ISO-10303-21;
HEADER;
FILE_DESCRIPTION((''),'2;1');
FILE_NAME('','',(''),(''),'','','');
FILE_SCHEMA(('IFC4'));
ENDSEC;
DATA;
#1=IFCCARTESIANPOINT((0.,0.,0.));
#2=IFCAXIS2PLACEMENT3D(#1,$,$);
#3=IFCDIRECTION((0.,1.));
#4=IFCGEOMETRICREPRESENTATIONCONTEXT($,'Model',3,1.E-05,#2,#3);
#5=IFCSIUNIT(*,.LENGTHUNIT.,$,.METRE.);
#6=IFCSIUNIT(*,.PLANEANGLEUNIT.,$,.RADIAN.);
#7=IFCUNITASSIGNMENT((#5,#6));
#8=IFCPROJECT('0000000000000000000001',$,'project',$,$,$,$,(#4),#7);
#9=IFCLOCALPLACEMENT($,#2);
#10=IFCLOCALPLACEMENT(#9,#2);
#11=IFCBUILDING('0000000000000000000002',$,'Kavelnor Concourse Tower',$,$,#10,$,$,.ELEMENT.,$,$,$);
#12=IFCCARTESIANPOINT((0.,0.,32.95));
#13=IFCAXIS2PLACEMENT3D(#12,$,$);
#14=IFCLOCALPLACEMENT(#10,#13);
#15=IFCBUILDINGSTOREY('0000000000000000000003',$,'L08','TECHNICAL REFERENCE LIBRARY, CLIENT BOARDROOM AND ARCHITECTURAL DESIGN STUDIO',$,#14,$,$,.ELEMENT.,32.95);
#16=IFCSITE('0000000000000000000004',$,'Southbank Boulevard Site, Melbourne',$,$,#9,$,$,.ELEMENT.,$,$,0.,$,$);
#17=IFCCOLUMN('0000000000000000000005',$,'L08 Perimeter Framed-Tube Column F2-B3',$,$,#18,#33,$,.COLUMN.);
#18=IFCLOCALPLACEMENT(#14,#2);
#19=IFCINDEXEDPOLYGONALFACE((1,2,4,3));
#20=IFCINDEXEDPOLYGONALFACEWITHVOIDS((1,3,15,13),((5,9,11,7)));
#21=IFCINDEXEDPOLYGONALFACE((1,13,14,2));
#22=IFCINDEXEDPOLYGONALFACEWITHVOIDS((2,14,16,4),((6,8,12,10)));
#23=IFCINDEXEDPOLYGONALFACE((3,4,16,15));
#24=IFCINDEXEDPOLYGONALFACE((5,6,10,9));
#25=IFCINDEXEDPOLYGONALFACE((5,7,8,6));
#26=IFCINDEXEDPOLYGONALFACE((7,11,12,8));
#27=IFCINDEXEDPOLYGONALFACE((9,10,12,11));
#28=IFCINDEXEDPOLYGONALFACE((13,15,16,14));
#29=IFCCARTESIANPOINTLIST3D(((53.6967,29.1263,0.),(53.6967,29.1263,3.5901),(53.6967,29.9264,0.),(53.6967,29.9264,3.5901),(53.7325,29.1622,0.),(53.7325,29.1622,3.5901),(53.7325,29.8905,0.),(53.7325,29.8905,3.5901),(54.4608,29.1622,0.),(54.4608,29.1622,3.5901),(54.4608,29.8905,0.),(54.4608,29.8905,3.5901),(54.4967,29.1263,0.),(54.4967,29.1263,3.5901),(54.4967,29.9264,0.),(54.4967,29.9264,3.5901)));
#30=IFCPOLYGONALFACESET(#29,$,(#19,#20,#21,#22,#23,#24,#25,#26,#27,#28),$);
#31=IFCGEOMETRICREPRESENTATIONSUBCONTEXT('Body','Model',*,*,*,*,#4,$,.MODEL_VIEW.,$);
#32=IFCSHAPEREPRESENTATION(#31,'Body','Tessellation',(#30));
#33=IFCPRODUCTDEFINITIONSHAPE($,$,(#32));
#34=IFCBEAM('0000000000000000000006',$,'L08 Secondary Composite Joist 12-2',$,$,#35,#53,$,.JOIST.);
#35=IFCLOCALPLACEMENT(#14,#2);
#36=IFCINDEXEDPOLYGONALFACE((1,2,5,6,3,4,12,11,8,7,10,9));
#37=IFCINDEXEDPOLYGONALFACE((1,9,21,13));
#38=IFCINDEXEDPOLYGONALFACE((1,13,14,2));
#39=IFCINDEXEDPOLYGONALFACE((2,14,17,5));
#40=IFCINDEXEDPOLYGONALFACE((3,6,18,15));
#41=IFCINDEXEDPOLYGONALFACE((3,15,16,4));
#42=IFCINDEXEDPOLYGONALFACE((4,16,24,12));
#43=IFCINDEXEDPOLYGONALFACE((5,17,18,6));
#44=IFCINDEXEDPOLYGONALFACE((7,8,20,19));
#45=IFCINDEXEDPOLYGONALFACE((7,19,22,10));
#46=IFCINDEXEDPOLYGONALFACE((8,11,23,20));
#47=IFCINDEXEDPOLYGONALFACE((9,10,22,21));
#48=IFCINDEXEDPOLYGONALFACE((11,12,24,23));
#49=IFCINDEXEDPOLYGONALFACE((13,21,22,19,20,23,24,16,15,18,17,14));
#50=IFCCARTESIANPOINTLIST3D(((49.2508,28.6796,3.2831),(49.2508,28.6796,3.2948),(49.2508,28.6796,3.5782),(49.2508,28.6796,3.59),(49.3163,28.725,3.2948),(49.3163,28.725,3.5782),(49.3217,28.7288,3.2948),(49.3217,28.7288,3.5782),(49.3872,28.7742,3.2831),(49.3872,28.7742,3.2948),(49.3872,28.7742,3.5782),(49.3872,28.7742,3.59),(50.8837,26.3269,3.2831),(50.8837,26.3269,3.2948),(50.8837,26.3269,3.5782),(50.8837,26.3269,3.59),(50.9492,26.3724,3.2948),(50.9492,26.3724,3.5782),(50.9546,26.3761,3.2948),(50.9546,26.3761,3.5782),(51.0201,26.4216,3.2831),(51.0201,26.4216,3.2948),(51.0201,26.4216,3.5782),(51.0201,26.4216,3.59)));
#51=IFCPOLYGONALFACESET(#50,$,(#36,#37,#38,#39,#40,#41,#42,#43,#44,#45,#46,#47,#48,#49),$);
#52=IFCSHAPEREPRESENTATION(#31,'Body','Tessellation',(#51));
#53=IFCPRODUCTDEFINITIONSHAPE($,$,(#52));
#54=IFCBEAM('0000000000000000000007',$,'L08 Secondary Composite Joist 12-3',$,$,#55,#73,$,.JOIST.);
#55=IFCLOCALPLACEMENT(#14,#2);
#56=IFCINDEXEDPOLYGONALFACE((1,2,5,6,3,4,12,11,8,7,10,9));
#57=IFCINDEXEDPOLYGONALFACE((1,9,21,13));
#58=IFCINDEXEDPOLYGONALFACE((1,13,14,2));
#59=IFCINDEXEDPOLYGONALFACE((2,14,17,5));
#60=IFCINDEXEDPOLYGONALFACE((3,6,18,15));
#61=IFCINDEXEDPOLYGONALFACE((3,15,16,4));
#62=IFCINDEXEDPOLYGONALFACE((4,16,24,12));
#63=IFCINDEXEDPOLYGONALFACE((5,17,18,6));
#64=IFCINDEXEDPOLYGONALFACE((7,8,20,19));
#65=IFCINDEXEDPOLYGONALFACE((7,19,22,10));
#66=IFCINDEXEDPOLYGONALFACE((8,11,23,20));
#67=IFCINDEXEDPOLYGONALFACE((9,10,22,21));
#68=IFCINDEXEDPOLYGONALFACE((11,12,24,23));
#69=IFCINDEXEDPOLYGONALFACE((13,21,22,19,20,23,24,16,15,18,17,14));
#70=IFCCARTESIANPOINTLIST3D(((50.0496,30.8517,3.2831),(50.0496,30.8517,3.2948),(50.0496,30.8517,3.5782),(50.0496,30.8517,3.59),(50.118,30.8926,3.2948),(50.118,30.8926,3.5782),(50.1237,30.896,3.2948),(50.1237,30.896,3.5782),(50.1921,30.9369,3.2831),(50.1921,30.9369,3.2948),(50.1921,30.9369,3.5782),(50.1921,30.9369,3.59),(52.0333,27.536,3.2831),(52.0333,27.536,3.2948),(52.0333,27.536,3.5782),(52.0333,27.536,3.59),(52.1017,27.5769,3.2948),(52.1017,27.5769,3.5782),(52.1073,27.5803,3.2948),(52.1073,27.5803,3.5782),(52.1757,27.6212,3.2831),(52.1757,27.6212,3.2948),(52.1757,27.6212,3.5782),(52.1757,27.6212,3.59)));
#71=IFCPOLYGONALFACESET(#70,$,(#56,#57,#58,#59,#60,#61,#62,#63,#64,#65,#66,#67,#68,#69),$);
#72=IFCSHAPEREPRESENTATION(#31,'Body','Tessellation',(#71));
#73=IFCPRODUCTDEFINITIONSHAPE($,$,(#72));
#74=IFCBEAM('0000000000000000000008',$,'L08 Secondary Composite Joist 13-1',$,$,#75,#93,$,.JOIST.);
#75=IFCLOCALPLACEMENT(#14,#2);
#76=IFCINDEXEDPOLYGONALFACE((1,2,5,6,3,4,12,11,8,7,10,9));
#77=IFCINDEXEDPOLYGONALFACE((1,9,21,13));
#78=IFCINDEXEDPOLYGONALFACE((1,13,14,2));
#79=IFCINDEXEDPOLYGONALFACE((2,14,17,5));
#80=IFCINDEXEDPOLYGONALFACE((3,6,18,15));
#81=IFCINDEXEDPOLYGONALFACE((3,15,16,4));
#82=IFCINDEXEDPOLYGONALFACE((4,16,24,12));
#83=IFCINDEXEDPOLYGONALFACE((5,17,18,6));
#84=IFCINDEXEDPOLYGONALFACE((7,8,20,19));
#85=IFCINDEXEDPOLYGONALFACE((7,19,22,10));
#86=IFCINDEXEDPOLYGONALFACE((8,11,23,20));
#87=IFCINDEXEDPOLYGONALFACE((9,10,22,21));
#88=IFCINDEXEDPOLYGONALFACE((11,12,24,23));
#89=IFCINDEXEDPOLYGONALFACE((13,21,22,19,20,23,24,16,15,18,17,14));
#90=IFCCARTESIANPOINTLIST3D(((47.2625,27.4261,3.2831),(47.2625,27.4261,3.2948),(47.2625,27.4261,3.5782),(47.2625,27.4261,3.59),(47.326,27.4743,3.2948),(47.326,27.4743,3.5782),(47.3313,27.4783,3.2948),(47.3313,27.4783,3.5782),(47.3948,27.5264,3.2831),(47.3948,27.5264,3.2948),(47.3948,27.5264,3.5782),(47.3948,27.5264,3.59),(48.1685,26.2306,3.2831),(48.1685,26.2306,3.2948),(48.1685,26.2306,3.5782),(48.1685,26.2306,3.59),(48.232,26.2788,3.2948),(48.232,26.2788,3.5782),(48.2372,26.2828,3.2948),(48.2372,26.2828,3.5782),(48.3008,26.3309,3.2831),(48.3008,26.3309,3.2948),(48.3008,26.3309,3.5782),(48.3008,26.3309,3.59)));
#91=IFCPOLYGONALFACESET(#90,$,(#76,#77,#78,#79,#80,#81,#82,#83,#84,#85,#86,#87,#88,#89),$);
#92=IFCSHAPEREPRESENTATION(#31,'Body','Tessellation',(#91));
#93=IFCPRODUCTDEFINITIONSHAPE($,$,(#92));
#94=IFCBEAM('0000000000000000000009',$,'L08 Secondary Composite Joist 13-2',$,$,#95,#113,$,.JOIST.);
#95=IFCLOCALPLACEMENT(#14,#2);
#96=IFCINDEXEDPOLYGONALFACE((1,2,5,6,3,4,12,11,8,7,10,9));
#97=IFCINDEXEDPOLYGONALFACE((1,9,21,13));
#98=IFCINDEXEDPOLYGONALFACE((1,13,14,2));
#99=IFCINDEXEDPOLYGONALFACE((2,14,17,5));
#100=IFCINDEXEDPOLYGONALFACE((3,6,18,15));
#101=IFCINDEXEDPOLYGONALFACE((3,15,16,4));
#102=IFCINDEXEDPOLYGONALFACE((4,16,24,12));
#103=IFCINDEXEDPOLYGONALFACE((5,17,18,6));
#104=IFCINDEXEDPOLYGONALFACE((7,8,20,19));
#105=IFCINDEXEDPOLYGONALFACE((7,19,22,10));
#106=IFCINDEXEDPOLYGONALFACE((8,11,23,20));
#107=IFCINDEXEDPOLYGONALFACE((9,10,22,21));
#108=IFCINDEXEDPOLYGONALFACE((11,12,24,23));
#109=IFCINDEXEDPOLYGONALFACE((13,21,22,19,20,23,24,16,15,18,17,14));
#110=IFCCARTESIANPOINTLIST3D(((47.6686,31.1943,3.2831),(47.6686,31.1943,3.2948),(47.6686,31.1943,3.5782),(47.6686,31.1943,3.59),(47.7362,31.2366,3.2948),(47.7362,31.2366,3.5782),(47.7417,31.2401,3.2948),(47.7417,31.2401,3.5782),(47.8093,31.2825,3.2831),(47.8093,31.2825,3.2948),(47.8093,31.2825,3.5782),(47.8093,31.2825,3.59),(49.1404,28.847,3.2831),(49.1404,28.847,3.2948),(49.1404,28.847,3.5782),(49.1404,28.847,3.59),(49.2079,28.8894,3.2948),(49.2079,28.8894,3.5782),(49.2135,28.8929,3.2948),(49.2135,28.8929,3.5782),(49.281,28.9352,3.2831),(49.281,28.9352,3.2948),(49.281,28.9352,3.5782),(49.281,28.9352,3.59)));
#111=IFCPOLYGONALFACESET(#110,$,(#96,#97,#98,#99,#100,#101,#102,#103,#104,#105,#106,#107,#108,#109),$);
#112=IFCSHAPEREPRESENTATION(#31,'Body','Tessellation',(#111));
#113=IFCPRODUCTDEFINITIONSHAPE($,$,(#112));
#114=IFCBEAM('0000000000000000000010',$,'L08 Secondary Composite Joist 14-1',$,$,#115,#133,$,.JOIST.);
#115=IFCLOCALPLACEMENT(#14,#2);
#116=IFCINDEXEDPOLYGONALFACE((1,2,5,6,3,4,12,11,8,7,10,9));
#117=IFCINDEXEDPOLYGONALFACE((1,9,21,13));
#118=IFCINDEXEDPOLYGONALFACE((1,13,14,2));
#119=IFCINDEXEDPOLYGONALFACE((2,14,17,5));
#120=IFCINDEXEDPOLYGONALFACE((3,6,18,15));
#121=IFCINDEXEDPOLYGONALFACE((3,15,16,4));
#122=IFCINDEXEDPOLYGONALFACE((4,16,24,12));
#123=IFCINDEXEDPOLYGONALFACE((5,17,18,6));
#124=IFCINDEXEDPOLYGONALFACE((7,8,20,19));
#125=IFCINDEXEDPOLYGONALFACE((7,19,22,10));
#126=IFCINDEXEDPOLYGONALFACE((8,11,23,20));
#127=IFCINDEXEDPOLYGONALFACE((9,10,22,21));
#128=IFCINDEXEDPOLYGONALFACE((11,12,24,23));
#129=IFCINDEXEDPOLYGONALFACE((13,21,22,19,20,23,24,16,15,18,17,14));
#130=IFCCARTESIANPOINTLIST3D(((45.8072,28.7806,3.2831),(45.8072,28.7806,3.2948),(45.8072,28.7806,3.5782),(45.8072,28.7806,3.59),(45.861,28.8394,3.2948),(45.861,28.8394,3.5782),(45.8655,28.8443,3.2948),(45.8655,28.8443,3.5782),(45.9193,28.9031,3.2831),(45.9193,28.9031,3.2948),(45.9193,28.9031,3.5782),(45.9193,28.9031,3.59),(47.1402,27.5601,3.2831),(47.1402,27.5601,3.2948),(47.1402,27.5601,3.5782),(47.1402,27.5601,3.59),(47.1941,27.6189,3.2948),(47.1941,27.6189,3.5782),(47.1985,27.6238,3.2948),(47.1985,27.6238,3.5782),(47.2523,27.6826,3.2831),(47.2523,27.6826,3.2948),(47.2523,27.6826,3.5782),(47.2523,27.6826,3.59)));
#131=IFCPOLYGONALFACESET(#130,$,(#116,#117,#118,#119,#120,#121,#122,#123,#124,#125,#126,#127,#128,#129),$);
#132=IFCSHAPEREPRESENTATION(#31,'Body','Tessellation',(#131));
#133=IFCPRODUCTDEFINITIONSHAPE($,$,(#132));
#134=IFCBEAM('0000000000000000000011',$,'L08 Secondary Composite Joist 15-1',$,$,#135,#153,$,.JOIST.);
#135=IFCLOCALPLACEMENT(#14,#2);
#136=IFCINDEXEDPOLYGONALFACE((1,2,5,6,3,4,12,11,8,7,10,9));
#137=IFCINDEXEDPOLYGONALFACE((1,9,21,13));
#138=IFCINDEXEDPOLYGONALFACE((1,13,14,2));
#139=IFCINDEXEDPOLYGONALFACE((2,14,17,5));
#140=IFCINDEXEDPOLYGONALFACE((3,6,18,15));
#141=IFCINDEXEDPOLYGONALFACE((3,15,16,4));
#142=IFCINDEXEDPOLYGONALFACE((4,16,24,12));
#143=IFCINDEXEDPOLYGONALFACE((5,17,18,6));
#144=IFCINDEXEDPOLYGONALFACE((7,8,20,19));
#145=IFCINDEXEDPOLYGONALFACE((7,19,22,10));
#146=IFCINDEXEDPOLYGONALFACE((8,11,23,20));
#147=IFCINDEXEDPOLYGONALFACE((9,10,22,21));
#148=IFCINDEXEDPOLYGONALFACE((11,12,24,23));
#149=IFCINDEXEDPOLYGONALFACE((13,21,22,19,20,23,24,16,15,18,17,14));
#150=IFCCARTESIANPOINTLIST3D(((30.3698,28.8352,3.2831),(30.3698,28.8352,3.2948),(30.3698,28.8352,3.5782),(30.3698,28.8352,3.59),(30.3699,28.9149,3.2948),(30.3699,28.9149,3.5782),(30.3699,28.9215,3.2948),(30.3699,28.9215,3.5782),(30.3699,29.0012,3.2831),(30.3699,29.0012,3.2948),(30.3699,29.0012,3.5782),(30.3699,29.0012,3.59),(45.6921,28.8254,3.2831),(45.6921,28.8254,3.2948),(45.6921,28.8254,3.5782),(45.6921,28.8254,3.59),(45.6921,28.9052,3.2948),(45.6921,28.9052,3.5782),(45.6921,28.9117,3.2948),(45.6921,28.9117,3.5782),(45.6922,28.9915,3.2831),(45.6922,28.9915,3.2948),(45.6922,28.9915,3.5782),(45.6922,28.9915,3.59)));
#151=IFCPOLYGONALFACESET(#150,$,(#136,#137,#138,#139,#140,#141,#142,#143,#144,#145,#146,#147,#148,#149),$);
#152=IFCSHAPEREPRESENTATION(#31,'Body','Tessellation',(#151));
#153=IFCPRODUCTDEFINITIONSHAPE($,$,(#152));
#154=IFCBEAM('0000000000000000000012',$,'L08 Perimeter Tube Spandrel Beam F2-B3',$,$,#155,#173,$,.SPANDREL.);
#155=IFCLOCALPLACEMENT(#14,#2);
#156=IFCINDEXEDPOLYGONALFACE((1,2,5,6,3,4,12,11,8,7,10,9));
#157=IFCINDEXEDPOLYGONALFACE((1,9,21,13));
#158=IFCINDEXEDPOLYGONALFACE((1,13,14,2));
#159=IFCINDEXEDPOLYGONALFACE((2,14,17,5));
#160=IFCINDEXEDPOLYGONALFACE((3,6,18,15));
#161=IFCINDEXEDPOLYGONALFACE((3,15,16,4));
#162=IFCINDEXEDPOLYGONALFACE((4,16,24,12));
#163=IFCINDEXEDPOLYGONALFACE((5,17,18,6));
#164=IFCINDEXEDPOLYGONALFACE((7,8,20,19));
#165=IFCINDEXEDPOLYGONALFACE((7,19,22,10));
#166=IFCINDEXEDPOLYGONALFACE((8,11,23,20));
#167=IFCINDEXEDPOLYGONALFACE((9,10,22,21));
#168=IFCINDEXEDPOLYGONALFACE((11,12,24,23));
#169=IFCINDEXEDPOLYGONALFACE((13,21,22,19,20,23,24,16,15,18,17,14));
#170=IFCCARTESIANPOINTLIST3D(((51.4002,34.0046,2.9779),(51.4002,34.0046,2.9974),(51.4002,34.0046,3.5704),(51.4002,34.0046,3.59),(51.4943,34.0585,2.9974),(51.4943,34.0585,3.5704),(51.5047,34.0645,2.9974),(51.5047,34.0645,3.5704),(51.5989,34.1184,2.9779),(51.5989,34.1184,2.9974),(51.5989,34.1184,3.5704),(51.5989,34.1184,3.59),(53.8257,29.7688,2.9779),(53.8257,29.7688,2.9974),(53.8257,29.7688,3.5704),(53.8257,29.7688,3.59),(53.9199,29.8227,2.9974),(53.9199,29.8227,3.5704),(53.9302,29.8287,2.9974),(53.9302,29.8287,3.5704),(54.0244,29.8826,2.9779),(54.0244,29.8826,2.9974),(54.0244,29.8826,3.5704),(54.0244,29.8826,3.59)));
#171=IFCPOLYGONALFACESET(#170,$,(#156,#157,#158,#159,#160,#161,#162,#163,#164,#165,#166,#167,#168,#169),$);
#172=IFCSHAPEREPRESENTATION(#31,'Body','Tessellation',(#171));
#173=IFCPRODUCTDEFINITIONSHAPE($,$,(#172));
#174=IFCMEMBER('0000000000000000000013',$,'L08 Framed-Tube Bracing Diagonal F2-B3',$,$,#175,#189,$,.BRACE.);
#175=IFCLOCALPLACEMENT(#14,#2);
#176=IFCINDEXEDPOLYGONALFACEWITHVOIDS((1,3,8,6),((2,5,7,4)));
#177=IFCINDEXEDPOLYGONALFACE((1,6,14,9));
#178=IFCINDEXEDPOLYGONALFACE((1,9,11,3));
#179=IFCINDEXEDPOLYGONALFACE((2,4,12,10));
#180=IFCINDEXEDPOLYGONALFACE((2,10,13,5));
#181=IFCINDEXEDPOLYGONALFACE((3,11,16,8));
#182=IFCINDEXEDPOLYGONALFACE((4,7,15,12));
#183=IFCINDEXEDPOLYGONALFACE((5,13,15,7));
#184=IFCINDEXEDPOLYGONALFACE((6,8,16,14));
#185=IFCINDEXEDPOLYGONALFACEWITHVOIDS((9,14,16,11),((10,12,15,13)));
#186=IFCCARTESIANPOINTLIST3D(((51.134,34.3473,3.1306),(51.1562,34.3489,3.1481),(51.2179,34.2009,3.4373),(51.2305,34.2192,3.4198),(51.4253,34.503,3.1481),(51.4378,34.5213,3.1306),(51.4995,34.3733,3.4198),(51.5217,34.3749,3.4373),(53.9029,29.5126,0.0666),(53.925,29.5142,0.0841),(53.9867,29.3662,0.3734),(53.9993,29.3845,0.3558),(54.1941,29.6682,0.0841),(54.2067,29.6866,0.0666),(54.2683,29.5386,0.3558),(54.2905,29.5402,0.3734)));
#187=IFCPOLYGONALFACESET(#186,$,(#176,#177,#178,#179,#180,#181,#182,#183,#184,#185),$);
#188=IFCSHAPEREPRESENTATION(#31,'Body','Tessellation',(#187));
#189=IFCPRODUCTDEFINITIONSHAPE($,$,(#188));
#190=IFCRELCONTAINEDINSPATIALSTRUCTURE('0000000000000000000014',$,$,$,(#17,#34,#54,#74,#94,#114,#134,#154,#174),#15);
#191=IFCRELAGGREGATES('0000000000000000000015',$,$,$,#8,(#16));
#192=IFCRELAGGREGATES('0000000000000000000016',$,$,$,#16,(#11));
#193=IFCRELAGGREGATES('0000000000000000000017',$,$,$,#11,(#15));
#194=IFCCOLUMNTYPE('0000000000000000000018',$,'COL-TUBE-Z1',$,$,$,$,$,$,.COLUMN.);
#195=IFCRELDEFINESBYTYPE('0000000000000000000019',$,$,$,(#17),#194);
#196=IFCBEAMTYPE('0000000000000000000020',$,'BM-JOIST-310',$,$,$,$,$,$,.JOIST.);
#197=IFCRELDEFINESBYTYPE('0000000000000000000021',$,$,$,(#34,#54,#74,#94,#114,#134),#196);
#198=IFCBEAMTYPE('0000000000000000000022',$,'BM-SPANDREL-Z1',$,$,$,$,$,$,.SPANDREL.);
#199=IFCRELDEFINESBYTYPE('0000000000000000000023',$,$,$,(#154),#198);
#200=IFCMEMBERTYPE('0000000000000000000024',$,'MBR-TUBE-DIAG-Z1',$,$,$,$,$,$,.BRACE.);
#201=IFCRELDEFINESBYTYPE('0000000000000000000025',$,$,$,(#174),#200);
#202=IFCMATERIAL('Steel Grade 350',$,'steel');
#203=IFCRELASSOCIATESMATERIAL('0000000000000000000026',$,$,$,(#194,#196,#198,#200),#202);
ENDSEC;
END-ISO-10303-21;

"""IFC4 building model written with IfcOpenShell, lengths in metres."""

from ifc_helpers import new_model, si_unit, direction, frame, origin, origin_2d, place, context, subcontext, project, spatial, hollow_rectangle, i_section, extrude, material, material_profile, profile_set, type_object, element, save


model = new_model("IFC4")

# Units and contexts
model_context = context("Model", 3, precision=1e-05, world=origin(), true_north=direction((0.0, 1.0)))
body_context = subcontext(model_context, "Body", "Model", "MODEL_VIEW")
ifc_project = project(units=[si_unit("LENGTHUNIT", "METRE"), si_unit("PLANEANGLEUNIT", "RADIAN")], contexts=[model_context])

# Site, building, storey
site_placement = place(None, origin())
site = spatial("IfcSite", under=ifc_project, at=site_placement, Name="Southbank Boulevard Site, Melbourne", CompositionType="ELEMENT", RefElevation=0.0)
building_placement = place(site_placement, origin())
building = spatial("IfcBuilding", under=site, at=building_placement, Name="Kavelnor Concourse Tower", CompositionType="ELEMENT")
storey_placement = place(building_placement, frame((0.0, 0.0, 32.95)))
storey = spatial("IfcBuildingStorey", under=building, at=storey_placement, Name="L08", Description="TECHNICAL REFERENCE LIBRARY, CLIENT BOARDROOM AND ARCHITECTURAL DESIGN STUDIO", CompositionType="ELEMENT", Elevation=32.95)

# Column
ifc_material_1 = material(Name="Steel Grade 350", Category="steel")
ifc_material_profile_1 = material_profile(ifc_material_1, hollow_rectangle(XDim=0.8, YDim=0.8, WallThickness=0.0359, at=origin_2d()), Name="SHS 800x800x36")
ifc_profile_set_1 = profile_set([ifc_material_profile_1], Name="Steel Grade 350")
column_type = type_object("IfcColumnType", Name="COL-TUBE-Z1", PredefinedType="COLUMN", material=ifc_profile_set_1)
column_placement = place(storey_placement, frame((54.0967, 29.5264, 0.0), z_axis=(0.0, 0.0, 1.0), x_axis=(1.0, 0.0, 0.0)))
element("IfcColumn", 1, at=column_placement, inside=storey, type_object=column_type, Name="L08 Perimeter Framed-Tube Column F2-B3", PredefinedType="COLUMN", context=body_context, shape_type="SweptSolid", body=[
    extrude(hollow_rectangle(XDim=0.8, YDim=0.8, WallThickness=0.0359, at=origin_2d()), origin(), (0.0, 0.0, 1.0), 3.5901),
])

# Beams
ifc_material_profile_2 = material_profile(ifc_material_1, i_section(OverallWidth=0.166, OverallDepth=0.3069, WebThickness=0.0066, FlangeThickness=0.0117, at=origin_2d()), Name="310UB46")
ifc_profile_set_2 = profile_set([ifc_material_profile_2], Name="Steel Grade 350")
beam_type_1 = type_object("IfcBeamType", Name="BM-JOIST-310", PredefinedType="JOIST", material=ifc_profile_set_2)
beam_1_placement = place(storey_placement, frame((50.9519, 26.3743, 3.4365), z_axis=(-0.570185, 0.821516, 0.0), x_axis=(-0.821516, -0.570185, 0.0)))
element("IfcBeam", 2, at=beam_1_placement, inside=storey, type_object=beam_type_1, Name="L08 Secondary Composite Joist 12-2", PredefinedType="JOIST", context=body_context, shape_type="SweptSolid", body=[
    extrude(i_section(OverallWidth=0.166, OverallDepth=0.3069, WebThickness=0.0066, FlangeThickness=0.0117, at=origin_2d()), origin(), (0.0, 0.0, 1.0), 2.8638),
])
beam_2_placement = place(storey_placement, frame((52.1045, 27.5786, 3.4365), z_axis=(-0.513399, 0.85815, 0.0), x_axis=(-0.85815, -0.513399, 0.0)))
element("IfcBeam", 3, at=beam_2_placement, inside=storey, type_object=beam_type_1, Name="L08 Secondary Composite Joist 12-3", PredefinedType="JOIST", context=body_context, shape_type="SweptSolid", body=[
    extrude(i_section(OverallWidth=0.166, OverallDepth=0.3069, WebThickness=0.0066, FlangeThickness=0.0117, at=origin_2d()), origin(), (0.0, 0.0, 1.0), 3.8638),
])
beam_3_placement = place(storey_placement, frame((48.2346, 26.2808, 3.4365), z_axis=(-0.603977, 0.797002, 0.0), x_axis=(-0.797002, -0.603977, 0.0)))
element("IfcBeam", 4, at=beam_3_placement, inside=storey, type_object=beam_type_1, Name="L08 Secondary Composite Joist 13-1", PredefinedType="JOIST", context=body_context, shape_type="SweptSolid", body=[
    extrude(i_section(OverallWidth=0.166, OverallDepth=0.3069, WebThickness=0.0066, FlangeThickness=0.0117, at=origin_2d()), origin(), (0.0, 0.0, 1.0), 1.5),
])
beam_4_placement = place(storey_placement, frame((49.2107, 28.8911, 3.4365), z_axis=(-0.531218, 0.847235, 0.0), x_axis=(-0.847235, -0.531218, 0.0)))
element("IfcBeam", 5, at=beam_4_placement, inside=storey, type_object=beam_type_1, Name="L08 Secondary Composite Joist 13-2", PredefinedType="JOIST", context=body_context, shape_type="SweptSolid", body=[
    extrude(i_section(OverallWidth=0.166, OverallDepth=0.3069, WebThickness=0.0066, FlangeThickness=0.0117, at=origin_2d()), origin(), (0.0, 0.0, 1.0), 2.7705),
])
beam_5_placement = place(storey_placement, frame((47.1963, 27.6213, 3.4365), z_axis=(-0.737558, 0.675284, 0.0), x_axis=(-0.675284, -0.737558, 0.0)))
element("IfcBeam", 6, at=beam_5_placement, inside=storey, type_object=beam_type_1, Name="L08 Secondary Composite Joist 14-1", PredefinedType="JOIST", context=body_context, shape_type="SweptSolid", body=[
    extrude(i_section(OverallWidth=0.166, OverallDepth=0.3069, WebThickness=0.0066, FlangeThickness=0.0117, at=origin_2d()), origin(), (0.0, 0.0, 1.0), 1.8074),
])
beam_6_placement = place(storey_placement, frame((45.6921, 28.9084, 3.4365), z_axis=(-1.0, 0.000637, 0.0), x_axis=(-0.000637, -1.0, 0.0)))
element("IfcBeam", 7, at=beam_6_placement, inside=storey, type_object=beam_type_1, Name="L08 Secondary Composite Joist 15-1", PredefinedType="JOIST", context=body_context, shape_type="SweptSolid", body=[
    extrude(i_section(OverallWidth=0.166, OverallDepth=0.3069, WebThickness=0.0066, FlangeThickness=0.0117, at=origin_2d()), origin(), (0.0, 0.0, 1.0), 15.3223),
])
ifc_material_profile_3 = material_profile(ifc_material_1, i_section(OverallWidth=0.229, OverallDepth=0.6121, WebThickness=0.012, FlangeThickness=0.0195, at=origin_2d()), Name="610UB125")
ifc_profile_set_3 = profile_set([ifc_material_profile_3], Name="Steel Grade 350")
beam_type_2 = type_object("IfcBeamType", Name="BM-SPANDREL-Z1", PredefinedType="SPANDREL", material=ifc_profile_set_3)
beam_7_placement = place(storey_placement, frame((53.925, 29.8257, 3.2839), z_axis=(-0.49692, 0.867796, 0.0), x_axis=(-0.867796, -0.49692, 0.0)))
element("IfcBeam", 8, at=beam_7_placement, inside=storey, type_object=beam_type_2, Name="L08 Perimeter Tube Spandrel Beam F2-B3", PredefinedType="SPANDREL", context=body_context, shape_type="SweptSolid", body=[
    extrude(i_section(OverallWidth=0.229, OverallDepth=0.6121, WebThickness=0.012, FlangeThickness=0.0195, at=origin_2d()), origin(), (0.0, 0.0, 1.0), 4.8811),
])

# Member
ifc_material_profile_4 = material_profile(ifc_material_1, hollow_rectangle(XDim=0.3501, YDim=0.3501, WallThickness=0.02, at=origin_2d()), Name="SHS 350x350x20")
ifc_profile_set_4 = profile_set([ifc_material_profile_4], Name="Steel Grade 350")
member_type = type_object("IfcMemberType", Name="MBR-TUBE-DIAG-Z1", PredefinedType="BRACE", material=ifc_profile_set_4)
member_placement = place(storey_placement, frame((54.0967, 29.5264, 0.22), z_axis=(-0.435459, 0.760373, 0.48188), x_axis=(-0.867771, -0.496965, 0.0)))
element("IfcMember", 9, at=member_placement, inside=storey, type_object=member_type, Name="L08 Framed-Tube Bracing Diagonal F2-B3", PredefinedType="BRACE", context=body_context, shape_type="SweptSolid", body=[
    extrude(hollow_rectangle(XDim=0.3501, YDim=0.3501, WallThickness=0.02, at=origin_2d()), origin(), (0.0, 0.0, 1.0), 6.3584),
])

save(model, "model.ifc")
